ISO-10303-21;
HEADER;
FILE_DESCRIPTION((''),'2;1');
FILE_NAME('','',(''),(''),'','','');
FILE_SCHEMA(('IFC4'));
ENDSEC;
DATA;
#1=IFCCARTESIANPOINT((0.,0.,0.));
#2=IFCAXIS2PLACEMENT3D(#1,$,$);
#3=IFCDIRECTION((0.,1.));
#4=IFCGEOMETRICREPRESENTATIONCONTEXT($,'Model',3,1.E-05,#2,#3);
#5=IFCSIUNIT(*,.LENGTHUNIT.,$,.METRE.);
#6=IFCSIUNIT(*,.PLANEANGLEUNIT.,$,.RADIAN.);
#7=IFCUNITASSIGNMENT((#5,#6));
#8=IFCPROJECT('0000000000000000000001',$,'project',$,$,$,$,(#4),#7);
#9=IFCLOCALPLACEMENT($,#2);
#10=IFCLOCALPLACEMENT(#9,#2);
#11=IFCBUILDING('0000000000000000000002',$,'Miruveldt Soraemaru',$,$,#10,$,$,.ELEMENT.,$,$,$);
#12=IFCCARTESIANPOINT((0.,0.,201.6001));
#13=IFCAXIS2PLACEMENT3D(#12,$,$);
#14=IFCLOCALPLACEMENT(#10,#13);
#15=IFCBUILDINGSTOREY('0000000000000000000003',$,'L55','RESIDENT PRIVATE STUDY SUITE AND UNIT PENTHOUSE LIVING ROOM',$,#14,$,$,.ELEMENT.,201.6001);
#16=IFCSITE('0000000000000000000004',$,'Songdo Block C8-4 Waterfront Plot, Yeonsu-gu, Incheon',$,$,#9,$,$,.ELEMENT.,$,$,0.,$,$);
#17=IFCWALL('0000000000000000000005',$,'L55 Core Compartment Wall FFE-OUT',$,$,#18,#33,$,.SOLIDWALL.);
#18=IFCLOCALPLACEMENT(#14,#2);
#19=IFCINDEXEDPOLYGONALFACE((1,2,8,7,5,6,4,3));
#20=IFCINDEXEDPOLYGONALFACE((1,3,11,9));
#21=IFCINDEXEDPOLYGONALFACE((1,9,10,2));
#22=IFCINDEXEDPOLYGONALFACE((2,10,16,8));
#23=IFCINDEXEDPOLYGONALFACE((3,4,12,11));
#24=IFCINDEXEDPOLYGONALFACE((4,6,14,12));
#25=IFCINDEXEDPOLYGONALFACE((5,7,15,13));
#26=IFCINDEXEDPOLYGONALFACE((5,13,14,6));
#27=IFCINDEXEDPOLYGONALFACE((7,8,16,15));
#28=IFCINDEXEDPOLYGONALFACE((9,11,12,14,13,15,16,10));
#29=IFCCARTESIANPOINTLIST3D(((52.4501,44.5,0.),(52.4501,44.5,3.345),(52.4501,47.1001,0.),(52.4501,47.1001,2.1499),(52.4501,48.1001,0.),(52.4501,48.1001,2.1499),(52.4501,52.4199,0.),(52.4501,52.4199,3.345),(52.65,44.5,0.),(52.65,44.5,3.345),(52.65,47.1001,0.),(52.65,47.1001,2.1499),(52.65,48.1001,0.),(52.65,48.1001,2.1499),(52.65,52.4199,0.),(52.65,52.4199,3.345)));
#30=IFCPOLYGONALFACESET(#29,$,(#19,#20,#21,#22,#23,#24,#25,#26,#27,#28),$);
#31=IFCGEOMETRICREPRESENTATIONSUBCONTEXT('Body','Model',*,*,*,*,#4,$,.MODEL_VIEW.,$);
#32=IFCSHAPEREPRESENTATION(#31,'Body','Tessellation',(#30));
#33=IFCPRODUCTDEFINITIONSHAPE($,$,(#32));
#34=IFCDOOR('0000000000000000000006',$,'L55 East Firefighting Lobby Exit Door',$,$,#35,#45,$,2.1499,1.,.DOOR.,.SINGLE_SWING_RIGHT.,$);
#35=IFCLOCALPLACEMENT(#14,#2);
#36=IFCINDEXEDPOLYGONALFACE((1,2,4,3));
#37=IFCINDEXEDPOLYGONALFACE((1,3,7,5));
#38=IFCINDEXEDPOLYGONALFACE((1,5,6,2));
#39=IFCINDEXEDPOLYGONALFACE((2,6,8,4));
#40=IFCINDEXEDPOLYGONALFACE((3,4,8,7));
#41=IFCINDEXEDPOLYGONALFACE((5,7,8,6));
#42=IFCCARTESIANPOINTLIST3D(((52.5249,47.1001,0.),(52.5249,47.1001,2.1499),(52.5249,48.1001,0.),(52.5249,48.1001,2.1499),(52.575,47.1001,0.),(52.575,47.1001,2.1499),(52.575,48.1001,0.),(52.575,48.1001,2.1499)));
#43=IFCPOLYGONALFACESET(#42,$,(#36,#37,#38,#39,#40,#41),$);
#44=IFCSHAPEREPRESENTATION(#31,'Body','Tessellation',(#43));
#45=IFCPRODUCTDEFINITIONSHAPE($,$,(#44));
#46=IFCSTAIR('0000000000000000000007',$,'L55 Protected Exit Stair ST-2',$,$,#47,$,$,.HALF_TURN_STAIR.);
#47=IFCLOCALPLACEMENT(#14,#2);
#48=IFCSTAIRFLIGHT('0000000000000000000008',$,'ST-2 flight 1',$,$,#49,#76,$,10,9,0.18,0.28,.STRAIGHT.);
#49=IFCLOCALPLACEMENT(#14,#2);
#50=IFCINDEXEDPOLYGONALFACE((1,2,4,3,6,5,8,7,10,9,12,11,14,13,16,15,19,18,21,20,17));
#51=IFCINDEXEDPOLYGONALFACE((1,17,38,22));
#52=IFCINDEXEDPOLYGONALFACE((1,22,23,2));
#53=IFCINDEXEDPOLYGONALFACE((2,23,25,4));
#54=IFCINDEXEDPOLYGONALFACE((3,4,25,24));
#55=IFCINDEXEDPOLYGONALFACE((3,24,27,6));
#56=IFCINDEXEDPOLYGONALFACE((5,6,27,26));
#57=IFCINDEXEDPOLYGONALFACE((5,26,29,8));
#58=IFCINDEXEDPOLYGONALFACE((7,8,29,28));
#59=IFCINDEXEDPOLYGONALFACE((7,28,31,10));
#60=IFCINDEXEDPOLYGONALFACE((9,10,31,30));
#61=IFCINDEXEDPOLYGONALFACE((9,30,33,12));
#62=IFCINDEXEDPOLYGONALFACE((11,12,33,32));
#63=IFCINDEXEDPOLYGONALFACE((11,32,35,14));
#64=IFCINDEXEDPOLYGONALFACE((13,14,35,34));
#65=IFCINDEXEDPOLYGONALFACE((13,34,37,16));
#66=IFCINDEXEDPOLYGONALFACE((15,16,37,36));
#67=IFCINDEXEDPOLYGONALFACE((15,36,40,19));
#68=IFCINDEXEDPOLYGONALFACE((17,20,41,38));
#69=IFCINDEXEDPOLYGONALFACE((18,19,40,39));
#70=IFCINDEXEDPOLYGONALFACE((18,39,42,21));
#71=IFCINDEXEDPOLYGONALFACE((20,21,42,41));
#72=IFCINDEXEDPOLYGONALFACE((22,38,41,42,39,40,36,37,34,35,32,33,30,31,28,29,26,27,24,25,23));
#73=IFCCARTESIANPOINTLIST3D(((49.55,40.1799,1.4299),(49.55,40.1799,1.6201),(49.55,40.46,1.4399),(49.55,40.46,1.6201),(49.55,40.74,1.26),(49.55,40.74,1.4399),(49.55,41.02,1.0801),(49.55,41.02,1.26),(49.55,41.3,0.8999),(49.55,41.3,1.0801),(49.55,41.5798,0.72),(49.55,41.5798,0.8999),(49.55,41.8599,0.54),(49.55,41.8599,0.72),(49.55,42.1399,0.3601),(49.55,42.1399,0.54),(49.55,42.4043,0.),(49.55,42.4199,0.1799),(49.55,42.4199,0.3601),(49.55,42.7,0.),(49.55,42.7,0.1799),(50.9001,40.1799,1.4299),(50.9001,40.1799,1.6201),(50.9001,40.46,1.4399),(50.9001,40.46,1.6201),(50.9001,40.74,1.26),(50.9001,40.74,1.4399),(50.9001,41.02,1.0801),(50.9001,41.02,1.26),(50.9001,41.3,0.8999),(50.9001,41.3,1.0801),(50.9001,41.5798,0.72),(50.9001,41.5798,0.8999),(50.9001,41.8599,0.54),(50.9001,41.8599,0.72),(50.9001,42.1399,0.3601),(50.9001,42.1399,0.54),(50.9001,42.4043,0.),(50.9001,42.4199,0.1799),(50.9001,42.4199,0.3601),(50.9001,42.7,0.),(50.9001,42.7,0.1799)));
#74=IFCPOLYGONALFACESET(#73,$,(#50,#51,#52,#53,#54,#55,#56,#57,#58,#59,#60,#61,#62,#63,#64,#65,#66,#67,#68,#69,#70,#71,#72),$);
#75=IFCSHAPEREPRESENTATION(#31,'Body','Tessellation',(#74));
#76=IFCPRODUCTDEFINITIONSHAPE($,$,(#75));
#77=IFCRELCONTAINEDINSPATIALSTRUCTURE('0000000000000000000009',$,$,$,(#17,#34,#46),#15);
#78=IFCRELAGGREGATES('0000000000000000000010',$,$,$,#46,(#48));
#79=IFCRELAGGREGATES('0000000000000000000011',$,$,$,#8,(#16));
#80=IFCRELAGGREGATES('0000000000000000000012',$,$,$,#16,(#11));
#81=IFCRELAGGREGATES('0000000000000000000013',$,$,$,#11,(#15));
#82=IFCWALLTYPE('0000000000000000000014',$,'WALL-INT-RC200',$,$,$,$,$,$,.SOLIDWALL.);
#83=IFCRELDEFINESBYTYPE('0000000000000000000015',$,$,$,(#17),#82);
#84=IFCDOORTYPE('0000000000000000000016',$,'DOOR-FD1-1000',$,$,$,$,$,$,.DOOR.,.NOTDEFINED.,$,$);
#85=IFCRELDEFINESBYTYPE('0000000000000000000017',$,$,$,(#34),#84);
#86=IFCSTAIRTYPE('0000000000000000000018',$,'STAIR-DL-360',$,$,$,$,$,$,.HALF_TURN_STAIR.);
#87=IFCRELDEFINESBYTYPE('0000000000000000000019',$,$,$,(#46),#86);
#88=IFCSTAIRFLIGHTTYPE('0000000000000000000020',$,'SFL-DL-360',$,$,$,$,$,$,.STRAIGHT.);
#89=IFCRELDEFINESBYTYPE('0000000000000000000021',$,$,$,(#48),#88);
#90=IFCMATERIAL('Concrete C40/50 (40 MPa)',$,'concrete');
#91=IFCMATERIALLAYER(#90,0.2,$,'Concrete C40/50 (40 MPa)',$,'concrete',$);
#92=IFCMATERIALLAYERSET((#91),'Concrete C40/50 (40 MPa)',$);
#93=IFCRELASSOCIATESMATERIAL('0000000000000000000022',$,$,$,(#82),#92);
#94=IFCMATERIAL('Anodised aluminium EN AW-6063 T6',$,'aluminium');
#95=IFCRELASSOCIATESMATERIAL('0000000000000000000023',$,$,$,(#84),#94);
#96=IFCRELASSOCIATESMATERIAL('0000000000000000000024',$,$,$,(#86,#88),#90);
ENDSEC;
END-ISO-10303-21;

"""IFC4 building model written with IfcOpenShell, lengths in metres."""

from ifc_helpers import new_model, si_unit, direction, frame, frame_2d, origin, place, context, subcontext, project, spatial, polyline, rectangle, outline, extrude, material, layer, layer_set, type_object, element, fill, aggregate, save


model = new_model("IFC4")

# Units and contexts
model_context = context("Model", 3, precision=1e-05, world=origin(), true_north=direction((0.0, 1.0)))
body_context = subcontext(model_context, "Body", "Model", "MODEL_VIEW")
ifc_project = project(units=[si_unit("LENGTHUNIT", "METRE"), si_unit("PLANEANGLEUNIT", "RADIAN")], contexts=[model_context])

# Site, building, storey
site_placement = place(None, origin())
site = spatial("IfcSite", under=ifc_project, at=site_placement, Name="Songdo Block C8-4 Waterfront Plot, Yeonsu-gu, Incheon", CompositionType="ELEMENT", RefElevation=0.0)
building_placement = place(site_placement, origin())
building = spatial("IfcBuilding", under=site, at=building_placement, Name="Miruveldt Soraemaru", CompositionType="ELEMENT")
storey_placement = place(building_placement, frame((0.0, 0.0, 201.6001)))
storey = spatial("IfcBuildingStorey", under=building, at=storey_placement, Name="L55", Description="RESIDENT PRIVATE STUDY SUITE AND UNIT PENTHOUSE LIVING ROOM", CompositionType="ELEMENT", Elevation=201.6001)

# Wall, opening, door
ifc_material_1 = material(Name="Concrete C40/50 (40 MPa)", Category="concrete")
ifc_layer_1 = layer(ifc_material_1, 0.2, Name="Concrete C40/50 (40 MPa)", Category="concrete")
ifc_layer_set_1 = layer_set([ifc_layer_1], Name="Concrete C40/50 (40 MPa)")
wall_type_1 = type_object("IfcWallType", Name="WALL-INT-RC200", PredefinedType="SOLIDWALL", material=ifc_layer_set_1)
wall_1_placement = place(storey_placement, frame((52.55, 44.5, 0.0), z_axis=(0.0, 0.0, 1.0), x_axis=(0.0, 1.0, 0.0)))
wall_1 = element("IfcWall", 1, at=wall_1_placement, inside=storey, type_object=wall_type_1, Name="L55 Core Compartment Wall FFE-OUT", PredefinedType="SOLIDWALL", context=body_context, shape_type="SweptSolid", body=[
    extrude(rectangle(XDim=7.9199, YDim=0.2, at=frame_2d((3.96, 0.0))), origin(), (0.0, 0.0, 1.0), 3.345),
])
opening_1_placement = place(wall_1_placement, frame((2.6001, 0.0, 0.0)))
opening_1 = element("IfcOpeningElement", 2, at=opening_1_placement, cuts=wall_1, PredefinedType="OPENING", context=body_context, shape_type="SweptSolid", body=[
    extrude(rectangle(XDim=1.0, YDim=2.1499, at=frame_2d((0.5, 1.075))), frame((0.0, 0.1099, 0.0), z_axis=(0.0, -1.0, 0.0), x_axis=(1.0, 0.0, 0.0)), (0.0, 0.0, 1.0), 0.22),
])
ifc_material_2 = material(Name="Anodised aluminium EN AW-6063 T6", Category="aluminium")
door_type = type_object("IfcDoorType", Name="DOOR-FD1-1000", OperationType="NOTDEFINED", PredefinedType="DOOR", material=ifc_material_2)
door_placement = place(opening_1_placement, frame((1.0, 0.0, 0.0), z_axis=(0.0, 0.0, 1.0), x_axis=(-1.0, 0.0, 0.0)))
door = element("IfcDoor", 3, at=door_placement, inside=storey, type_object=door_type, Name="L55 East Firefighting Lobby Exit Door", OperationType="SINGLE_SWING_RIGHT", OverallHeight=2.1499, OverallWidth=1.0, PredefinedType="DOOR", context=body_context, shape_type="SweptSolid", body=[
    extrude(rectangle(XDim=1.0, YDim=2.1499, at=frame_2d((0.5, 1.075))), frame((0.0, 0.0249, 0.0), z_axis=(0.0, -1.0, 0.0), x_axis=(1.0, 0.0, 0.0)), (0.0, 0.0, 1.0), 0.05),
])
fill(opening_1, door)

# Stair, stair flight
stair_type = type_object("IfcStairType", Name="STAIR-DL-360", PredefinedType="HALF_TURN_STAIR", material=ifc_material_1)
stair_placement = place(storey_placement, origin())
stair = element("IfcStair", 4, at=stair_placement, inside=storey, type_object=stair_type, Name="L55 Protected Exit Stair ST-2", PredefinedType="HALF_TURN_STAIR")
stair_flight_type = type_object("IfcStairFlightType", Name="SFL-DL-360", PredefinedType="STRAIGHT", material=ifc_material_1)
stair_flight_placement = place(storey_placement, frame((50.2251, 42.7, 0.0), z_axis=(0.0, 0.0, 1.0), x_axis=(0.0, -1.0, 0.0)))
stair_flight = element("IfcStairFlight", 5, at=stair_flight_placement, type_object=stair_flight_type, Name="ST-2 flight 1", NumberOfRisers=10, NumberOfTreads=9, PredefinedType="STRAIGHT", RiserHeight=0.18, TreadLength=0.28, context=body_context, shape_type="SweptSolid", body=[
    extrude(outline(polyline([(0.0, 0.0), (0.0, 0.1799), (0.28, 0.1799), (0.28, 0.3601), (0.5601, 0.3601), (0.5601, 0.54), (0.8401, 0.54), (0.8401, 0.72), (1.1201, 0.72), (1.1201, 0.8999), (1.3999, 0.8999), (1.3999, 1.0801), (1.6799, 1.0801), (1.6799, 1.26), (1.96, 1.26), (1.96, 1.4399), (2.24, 1.4399), (2.24, 1.6201), (2.52, 1.6201), (2.52, 1.8), (2.52, 1.4299), (0.2957, 0.0), (0.0, 0.0)])), frame((0.0, 0.675, 0.0), z_axis=(0.0, -1.0, 0.0), x_axis=(1.0, 0.0, 0.0)), (0.0, 0.0, 1.0), 1.3501),
])
aggregate(stair, [stair_flight])

save(model, "model.ifc")
